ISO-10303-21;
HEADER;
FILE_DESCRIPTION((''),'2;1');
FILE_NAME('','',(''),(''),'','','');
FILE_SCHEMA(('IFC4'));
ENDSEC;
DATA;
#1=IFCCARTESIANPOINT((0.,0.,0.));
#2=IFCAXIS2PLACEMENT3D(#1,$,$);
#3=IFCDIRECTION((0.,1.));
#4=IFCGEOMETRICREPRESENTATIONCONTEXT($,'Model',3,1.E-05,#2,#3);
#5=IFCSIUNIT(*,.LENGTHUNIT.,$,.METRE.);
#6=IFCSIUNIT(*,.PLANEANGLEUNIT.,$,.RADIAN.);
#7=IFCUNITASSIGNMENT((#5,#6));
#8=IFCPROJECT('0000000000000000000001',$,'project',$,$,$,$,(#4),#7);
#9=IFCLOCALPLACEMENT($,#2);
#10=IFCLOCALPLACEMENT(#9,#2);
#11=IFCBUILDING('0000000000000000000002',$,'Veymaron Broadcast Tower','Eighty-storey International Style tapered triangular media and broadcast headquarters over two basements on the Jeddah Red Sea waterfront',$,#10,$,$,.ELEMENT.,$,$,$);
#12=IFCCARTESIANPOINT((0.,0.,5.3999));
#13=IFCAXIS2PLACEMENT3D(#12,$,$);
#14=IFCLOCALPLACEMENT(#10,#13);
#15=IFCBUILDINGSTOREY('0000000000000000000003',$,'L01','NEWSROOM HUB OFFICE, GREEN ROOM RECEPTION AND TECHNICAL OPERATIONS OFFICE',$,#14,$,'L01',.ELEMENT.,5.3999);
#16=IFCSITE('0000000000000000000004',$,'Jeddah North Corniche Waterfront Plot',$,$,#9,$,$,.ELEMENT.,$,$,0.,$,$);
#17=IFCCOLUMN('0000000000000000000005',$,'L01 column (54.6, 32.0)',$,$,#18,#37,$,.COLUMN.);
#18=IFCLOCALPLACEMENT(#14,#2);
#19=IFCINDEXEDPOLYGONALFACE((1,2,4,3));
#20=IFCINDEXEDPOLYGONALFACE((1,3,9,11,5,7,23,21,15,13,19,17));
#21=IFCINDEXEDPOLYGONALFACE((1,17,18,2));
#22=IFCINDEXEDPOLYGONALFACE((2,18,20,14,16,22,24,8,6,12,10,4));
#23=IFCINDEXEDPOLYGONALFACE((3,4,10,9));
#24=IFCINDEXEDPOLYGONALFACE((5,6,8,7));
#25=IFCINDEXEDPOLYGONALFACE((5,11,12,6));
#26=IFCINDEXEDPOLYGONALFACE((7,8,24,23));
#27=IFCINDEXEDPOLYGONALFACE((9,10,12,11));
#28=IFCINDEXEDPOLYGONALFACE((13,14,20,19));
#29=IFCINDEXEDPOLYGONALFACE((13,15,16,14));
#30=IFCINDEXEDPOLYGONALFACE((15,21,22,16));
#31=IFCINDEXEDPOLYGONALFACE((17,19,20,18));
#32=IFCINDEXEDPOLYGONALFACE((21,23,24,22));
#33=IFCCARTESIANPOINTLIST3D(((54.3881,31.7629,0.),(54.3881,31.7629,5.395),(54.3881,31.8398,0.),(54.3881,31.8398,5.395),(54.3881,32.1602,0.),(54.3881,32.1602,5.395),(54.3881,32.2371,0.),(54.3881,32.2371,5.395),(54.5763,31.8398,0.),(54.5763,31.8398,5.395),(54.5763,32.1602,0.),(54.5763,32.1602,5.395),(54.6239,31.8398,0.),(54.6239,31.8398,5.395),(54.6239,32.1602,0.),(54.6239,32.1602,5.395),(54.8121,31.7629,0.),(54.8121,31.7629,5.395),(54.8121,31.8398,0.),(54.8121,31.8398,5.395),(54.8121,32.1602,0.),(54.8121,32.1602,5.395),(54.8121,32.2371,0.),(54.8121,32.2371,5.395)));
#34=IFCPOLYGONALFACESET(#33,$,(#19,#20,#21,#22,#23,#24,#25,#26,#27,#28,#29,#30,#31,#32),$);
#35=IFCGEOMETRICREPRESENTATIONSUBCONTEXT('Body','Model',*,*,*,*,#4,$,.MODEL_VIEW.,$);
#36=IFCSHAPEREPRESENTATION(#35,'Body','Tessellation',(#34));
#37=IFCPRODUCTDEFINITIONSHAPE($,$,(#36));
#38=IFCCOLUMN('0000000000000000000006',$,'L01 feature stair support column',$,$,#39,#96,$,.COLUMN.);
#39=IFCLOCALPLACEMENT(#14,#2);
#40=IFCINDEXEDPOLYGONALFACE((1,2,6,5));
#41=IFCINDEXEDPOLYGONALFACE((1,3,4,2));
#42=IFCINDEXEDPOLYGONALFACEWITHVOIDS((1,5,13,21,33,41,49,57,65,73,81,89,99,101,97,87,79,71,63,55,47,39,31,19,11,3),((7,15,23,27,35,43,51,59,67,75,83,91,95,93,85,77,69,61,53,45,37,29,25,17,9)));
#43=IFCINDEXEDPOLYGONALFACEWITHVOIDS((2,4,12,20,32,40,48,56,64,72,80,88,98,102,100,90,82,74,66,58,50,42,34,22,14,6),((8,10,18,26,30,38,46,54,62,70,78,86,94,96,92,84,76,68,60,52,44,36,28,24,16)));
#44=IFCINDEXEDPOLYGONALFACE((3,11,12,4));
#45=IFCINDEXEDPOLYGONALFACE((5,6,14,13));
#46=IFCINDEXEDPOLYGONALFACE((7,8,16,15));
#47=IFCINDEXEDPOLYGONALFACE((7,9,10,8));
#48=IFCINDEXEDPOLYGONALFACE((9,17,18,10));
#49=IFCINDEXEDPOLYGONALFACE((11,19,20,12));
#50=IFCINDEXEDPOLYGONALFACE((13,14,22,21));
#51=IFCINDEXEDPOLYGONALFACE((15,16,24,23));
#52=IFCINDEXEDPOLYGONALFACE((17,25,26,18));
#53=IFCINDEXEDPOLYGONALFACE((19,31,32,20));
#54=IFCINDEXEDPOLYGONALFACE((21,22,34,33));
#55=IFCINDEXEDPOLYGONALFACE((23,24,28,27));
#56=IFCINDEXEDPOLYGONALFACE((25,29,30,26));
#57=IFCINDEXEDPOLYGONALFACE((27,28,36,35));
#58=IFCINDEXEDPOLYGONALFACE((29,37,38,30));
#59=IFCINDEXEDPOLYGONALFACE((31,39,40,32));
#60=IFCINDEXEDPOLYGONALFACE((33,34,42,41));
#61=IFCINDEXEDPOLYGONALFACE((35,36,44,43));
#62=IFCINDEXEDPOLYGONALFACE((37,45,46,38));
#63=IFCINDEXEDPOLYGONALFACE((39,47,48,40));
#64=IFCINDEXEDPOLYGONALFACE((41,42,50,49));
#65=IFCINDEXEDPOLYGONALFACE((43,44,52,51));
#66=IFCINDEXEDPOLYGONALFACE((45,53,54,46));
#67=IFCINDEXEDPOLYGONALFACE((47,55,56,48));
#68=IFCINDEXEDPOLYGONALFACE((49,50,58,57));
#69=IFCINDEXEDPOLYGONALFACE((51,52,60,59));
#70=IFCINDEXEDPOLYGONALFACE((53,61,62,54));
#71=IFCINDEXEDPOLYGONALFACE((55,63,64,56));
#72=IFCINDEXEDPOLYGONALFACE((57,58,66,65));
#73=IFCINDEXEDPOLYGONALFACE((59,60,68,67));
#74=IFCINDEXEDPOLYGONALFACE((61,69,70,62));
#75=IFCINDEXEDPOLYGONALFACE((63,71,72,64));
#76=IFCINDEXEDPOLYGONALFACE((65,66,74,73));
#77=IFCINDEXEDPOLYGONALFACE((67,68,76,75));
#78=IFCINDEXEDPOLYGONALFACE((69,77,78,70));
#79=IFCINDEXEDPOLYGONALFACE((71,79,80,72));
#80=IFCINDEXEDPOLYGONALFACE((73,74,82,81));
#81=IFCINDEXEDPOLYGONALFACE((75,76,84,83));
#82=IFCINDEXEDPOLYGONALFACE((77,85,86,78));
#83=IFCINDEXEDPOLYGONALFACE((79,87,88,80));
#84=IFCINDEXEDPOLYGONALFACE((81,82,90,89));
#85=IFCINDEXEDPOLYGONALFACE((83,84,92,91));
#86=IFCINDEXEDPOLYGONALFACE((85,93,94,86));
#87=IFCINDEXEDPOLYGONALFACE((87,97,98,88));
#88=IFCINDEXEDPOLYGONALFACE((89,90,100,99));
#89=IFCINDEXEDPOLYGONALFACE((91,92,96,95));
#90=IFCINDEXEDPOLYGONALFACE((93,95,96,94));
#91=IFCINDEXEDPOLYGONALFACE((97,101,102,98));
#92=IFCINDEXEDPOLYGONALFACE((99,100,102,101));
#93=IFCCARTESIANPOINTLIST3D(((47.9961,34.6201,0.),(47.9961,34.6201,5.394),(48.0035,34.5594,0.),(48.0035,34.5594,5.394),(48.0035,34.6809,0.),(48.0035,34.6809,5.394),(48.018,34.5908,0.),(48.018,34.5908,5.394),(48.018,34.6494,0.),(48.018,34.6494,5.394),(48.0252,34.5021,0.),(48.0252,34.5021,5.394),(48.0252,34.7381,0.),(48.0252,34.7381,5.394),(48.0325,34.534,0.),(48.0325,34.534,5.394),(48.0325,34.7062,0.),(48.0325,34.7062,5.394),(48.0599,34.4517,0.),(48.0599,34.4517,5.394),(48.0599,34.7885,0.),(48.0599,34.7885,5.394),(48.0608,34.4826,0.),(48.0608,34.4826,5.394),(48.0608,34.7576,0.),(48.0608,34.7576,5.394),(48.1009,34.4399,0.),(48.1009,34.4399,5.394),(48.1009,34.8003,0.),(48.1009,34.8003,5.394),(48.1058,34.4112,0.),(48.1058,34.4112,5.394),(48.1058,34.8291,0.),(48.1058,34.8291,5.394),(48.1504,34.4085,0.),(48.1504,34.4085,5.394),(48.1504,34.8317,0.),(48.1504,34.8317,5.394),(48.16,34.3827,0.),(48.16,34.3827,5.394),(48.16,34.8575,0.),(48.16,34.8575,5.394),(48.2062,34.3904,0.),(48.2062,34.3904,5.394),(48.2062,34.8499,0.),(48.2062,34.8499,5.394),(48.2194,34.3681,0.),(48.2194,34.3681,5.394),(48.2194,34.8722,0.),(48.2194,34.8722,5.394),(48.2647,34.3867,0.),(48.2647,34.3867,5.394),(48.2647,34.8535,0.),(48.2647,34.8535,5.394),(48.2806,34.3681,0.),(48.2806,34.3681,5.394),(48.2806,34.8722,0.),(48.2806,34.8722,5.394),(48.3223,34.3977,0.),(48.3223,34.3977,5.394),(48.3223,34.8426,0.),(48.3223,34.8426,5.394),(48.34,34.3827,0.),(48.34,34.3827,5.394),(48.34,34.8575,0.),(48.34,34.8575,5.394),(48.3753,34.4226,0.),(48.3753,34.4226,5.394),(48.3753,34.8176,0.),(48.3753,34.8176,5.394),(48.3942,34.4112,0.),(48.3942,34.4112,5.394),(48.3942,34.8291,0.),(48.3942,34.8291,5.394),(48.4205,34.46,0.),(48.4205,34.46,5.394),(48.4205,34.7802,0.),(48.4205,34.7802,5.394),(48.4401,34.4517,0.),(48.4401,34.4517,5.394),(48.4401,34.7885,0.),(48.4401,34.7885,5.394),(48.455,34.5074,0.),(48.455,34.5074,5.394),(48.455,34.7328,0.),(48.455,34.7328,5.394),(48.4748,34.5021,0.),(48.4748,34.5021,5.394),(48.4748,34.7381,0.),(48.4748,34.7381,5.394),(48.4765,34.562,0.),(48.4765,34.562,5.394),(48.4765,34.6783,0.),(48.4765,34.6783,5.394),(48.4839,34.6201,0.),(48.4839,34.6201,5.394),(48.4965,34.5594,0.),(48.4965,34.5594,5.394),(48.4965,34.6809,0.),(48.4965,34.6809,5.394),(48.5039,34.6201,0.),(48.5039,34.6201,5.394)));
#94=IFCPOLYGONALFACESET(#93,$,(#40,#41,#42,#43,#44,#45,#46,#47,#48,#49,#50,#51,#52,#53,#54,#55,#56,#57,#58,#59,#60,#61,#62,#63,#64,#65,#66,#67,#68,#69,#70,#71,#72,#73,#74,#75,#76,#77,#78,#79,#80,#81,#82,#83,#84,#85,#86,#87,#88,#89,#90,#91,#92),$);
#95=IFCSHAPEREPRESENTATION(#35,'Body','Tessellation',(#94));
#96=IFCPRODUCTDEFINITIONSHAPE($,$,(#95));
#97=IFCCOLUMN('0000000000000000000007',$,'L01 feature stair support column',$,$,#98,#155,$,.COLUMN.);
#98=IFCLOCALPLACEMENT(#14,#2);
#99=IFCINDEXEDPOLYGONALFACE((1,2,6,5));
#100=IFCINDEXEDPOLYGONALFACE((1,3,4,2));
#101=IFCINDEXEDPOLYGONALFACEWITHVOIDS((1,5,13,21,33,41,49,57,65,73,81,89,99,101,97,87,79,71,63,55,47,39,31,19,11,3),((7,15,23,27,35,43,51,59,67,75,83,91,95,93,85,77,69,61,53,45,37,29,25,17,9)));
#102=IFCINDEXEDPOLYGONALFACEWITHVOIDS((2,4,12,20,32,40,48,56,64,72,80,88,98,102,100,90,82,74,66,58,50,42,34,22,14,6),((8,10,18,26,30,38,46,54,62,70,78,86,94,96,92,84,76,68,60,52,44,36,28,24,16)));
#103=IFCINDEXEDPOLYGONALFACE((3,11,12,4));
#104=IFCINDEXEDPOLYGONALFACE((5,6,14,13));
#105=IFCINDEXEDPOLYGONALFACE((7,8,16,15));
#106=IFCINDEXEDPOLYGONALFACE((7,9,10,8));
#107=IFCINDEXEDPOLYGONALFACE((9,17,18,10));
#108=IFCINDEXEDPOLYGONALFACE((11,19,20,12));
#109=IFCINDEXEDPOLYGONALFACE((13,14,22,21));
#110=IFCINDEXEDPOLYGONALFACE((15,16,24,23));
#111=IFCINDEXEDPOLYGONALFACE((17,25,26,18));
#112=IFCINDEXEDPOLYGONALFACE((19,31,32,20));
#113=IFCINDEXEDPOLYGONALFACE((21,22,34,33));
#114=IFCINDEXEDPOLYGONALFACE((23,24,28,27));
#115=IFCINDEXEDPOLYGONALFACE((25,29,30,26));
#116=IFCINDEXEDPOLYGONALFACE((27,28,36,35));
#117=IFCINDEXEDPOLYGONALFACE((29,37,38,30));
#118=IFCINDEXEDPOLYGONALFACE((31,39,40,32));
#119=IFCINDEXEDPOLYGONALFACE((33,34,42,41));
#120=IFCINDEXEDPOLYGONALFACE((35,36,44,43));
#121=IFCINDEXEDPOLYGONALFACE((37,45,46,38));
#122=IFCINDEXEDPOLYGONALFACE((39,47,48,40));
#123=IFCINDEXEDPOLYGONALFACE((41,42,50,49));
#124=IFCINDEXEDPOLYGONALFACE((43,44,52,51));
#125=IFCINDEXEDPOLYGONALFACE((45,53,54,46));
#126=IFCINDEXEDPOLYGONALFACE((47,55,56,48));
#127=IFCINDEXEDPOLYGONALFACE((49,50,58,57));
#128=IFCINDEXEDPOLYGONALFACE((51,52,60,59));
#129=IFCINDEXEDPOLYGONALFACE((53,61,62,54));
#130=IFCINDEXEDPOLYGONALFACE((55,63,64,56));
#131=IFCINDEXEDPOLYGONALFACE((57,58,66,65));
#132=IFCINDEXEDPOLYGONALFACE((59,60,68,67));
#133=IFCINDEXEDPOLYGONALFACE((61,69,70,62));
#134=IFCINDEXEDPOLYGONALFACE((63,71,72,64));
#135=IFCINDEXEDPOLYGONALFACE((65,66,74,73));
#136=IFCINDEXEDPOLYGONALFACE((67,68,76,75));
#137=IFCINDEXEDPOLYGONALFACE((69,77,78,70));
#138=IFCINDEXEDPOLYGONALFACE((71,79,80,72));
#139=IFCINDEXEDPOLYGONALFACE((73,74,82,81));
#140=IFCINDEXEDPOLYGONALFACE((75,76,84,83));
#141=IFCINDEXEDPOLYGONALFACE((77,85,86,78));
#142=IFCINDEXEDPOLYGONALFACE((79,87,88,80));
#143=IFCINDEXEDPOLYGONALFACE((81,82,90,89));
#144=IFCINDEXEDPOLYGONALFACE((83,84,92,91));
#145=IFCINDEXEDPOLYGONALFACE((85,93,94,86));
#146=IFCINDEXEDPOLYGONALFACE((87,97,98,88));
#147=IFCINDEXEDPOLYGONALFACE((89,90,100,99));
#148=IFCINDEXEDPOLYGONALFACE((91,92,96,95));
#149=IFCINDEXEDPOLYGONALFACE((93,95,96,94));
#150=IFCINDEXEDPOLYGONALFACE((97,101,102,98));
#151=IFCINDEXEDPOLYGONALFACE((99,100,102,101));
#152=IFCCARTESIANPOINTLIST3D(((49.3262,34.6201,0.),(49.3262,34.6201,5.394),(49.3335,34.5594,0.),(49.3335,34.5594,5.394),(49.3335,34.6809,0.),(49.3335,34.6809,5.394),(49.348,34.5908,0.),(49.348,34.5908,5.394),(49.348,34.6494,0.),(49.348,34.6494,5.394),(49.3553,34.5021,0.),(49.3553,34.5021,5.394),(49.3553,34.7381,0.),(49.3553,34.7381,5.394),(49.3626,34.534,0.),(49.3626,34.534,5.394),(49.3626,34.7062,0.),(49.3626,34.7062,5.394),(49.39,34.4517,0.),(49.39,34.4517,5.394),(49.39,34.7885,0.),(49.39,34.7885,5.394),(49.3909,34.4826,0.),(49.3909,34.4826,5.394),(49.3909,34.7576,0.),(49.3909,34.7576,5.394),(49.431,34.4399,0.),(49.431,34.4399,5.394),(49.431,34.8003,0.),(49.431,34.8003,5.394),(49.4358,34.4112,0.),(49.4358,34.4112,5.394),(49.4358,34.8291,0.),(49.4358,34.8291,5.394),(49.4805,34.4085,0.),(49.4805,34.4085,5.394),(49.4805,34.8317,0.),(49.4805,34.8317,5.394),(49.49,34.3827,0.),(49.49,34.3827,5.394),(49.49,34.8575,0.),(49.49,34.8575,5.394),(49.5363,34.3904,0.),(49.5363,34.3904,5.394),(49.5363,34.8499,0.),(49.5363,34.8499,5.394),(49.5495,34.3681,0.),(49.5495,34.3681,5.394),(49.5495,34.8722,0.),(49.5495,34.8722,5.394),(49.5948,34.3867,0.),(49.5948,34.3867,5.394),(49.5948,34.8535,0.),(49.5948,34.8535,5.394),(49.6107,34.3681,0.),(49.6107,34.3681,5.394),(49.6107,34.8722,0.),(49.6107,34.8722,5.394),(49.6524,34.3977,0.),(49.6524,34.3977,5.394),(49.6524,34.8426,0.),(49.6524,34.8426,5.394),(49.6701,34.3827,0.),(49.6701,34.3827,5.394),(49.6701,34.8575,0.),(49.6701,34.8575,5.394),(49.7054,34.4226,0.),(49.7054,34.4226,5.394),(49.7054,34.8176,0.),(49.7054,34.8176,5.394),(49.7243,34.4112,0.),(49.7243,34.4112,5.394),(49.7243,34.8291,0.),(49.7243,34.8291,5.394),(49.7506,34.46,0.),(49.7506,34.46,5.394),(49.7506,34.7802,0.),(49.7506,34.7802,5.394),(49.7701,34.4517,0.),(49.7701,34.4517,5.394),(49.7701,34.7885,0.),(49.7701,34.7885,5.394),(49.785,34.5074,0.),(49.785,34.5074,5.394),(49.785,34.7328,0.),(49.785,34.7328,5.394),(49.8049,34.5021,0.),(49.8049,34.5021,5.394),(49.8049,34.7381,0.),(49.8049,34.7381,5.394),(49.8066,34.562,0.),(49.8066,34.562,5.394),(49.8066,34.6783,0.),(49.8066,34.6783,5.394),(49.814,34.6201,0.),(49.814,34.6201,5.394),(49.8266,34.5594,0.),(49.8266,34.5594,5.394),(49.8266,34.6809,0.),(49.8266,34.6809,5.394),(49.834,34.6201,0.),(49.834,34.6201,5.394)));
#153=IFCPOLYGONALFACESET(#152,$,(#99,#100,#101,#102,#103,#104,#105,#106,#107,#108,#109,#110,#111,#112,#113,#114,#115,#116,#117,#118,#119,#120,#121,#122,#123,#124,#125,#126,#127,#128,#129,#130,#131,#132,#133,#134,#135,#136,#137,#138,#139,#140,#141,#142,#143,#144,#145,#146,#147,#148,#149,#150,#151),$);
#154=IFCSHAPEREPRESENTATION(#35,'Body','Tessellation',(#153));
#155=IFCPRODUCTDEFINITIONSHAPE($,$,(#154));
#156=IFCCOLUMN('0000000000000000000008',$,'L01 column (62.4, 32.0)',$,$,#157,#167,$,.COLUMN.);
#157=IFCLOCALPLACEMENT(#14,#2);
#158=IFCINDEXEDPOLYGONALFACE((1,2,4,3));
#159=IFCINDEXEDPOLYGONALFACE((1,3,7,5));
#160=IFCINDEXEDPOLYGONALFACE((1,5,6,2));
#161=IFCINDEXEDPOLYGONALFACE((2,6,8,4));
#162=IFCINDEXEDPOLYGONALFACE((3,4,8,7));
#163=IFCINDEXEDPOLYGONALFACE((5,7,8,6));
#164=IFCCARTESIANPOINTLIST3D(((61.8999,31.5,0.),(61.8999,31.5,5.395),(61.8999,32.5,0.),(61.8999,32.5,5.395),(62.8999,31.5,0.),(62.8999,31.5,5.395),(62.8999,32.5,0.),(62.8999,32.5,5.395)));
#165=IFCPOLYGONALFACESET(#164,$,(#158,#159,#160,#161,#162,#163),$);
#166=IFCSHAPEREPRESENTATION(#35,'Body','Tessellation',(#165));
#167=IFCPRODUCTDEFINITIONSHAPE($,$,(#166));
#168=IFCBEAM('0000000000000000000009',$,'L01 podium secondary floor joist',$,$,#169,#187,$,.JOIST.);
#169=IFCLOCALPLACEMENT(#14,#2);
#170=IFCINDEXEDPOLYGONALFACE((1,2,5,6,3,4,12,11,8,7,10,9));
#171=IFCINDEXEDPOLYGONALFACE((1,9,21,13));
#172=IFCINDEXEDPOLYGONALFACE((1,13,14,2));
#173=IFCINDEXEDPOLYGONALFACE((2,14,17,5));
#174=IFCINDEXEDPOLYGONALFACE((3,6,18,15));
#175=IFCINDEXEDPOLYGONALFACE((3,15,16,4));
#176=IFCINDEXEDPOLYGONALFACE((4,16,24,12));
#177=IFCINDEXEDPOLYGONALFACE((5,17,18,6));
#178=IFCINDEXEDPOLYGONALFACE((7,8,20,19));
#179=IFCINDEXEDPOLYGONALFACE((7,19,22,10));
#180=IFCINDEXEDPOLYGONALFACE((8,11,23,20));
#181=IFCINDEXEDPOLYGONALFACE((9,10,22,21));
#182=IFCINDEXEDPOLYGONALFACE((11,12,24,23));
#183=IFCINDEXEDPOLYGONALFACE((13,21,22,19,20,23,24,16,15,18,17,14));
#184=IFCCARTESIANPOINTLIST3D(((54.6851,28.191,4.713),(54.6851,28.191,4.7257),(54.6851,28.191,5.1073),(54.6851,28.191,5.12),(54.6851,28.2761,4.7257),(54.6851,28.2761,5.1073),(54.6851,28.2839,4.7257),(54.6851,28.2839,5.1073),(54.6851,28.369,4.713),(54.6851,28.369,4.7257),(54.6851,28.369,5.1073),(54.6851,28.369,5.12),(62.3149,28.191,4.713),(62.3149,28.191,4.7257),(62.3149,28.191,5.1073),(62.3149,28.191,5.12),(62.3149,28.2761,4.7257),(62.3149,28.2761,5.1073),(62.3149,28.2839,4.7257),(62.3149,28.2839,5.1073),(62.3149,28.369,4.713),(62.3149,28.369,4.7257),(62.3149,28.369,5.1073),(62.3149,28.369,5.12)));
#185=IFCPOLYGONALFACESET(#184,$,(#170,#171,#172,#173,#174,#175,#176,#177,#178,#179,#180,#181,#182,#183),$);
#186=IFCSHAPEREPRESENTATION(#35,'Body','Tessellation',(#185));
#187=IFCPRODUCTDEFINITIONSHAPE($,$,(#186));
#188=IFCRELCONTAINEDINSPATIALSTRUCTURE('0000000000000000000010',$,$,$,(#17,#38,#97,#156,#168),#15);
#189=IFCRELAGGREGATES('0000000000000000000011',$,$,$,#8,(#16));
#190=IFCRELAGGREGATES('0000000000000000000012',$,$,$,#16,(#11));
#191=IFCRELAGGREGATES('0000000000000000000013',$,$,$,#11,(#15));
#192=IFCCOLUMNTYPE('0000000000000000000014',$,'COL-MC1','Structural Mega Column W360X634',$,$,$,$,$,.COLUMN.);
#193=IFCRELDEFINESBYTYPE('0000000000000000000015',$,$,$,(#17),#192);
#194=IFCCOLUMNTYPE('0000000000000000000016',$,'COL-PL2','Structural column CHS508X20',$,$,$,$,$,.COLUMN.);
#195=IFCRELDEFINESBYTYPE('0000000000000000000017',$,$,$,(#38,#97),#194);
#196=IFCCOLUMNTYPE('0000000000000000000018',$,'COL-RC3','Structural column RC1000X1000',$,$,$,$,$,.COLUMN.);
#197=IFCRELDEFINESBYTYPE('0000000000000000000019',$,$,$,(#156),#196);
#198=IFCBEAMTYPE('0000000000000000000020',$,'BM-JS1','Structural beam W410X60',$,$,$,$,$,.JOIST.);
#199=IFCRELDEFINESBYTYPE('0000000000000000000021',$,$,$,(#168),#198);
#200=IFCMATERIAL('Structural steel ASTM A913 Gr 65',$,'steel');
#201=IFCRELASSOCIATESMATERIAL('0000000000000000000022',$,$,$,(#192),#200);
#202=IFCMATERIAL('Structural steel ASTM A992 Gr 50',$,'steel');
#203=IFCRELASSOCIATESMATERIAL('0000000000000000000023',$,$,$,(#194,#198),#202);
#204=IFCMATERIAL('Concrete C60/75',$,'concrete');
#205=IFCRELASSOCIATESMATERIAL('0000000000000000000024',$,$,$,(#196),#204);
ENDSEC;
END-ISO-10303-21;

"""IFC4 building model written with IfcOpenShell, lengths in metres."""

from ifc_helpers import new_model, si_unit, direction, frame, origin, origin_2d, place, context, subcontext, project, spatial, rectangle, hollow_circle, i_section, extrude, material, material_profile, profile_set, type_object, element, save


model = new_model("IFC4")

# Units and contexts
model_context = context("Model", 3, precision=1e-05, world=origin(), true_north=direction((0.0, 1.0)))
body_context = subcontext(model_context, "Body", "Model", "MODEL_VIEW")
ifc_project = project(units=[si_unit("LENGTHUNIT", "METRE"), si_unit("PLANEANGLEUNIT", "RADIAN")], contexts=[model_context])

# Site, building, storey
site_placement = place(None, origin())
site = spatial("IfcSite", under=ifc_project, at=site_placement, Name="Jeddah North Corniche Waterfront Plot", CompositionType="ELEMENT", RefElevation=0.0)
building_placement = place(site_placement, origin())
building = spatial("IfcBuilding", under=site, at=building_placement, Name="Veymaron Broadcast Tower", Description="Eighty-storey International Style tapered triangular media and broadcast headquarters over two basements on the Jeddah Red Sea waterfront", CompositionType="ELEMENT")
storey_placement = place(building_placement, frame((0.0, 0.0, 5.3999)))
storey = spatial("IfcBuildingStorey", under=building, at=storey_placement, Name="L01", Description="NEWSROOM HUB OFFICE, GREEN ROOM RECEPTION AND TECHNICAL OPERATIONS OFFICE", LongName="L01", CompositionType="ELEMENT", Elevation=5.3999)

# Columns
ifc_material_1 = material(Name="Structural steel ASTM A913 Gr 65", Category="steel")
ifc_material_profile_1 = material_profile(ifc_material_1, i_section(OverallWidth=0.4241, OverallDepth=0.4741, WebThickness=0.0476, FlangeThickness=0.0769, at=origin_2d()), Name="W360X634")
ifc_profile_set_1 = profile_set([ifc_material_profile_1], Name="Structural steel ASTM A913 Gr 65")
column_type_1 = type_object("IfcColumnType", Name="COL-MC1", Description="Structural Mega Column W360X634", PredefinedType="COLUMN", material=ifc_profile_set_1)
column_1_placement = place(storey_placement, frame((54.6001, 32.0, 0.0), z_axis=(0.0, 0.0, 1.0), x_axis=(1.0, 0.0, 0.0)))
element("IfcColumn", 1, at=column_1_placement, inside=storey, type_object=column_type_1, Name="L01 column (54.6, 32.0)", PredefinedType="COLUMN", context=body_context, shape_type="SweptSolid", body=[
    extrude(i_section(OverallWidth=0.4241, OverallDepth=0.4741, WebThickness=0.0476, FlangeThickness=0.0769, at=origin_2d()), origin(), (0.0, 0.0, 1.0), 5.395),
])
ifc_material_2 = material(Name="Structural steel ASTM A992 Gr 50", Category="steel")
ifc_material_profile_2 = material_profile(ifc_material_2, hollow_circle(Radius=0.2539, WallThickness=0.02, at=origin_2d()), Name="CHS508X20")
ifc_profile_set_2 = profile_set([ifc_material_profile_2], Name="Structural steel ASTM A992 Gr 50")
column_type_2 = type_object("IfcColumnType", Name="COL-PL2", Description="Structural column CHS508X20", PredefinedType="COLUMN", material=ifc_profile_set_2)
for number, where, z_axis, x_axis, name in (
    (2, (48.25, 34.6201, 0.0), (0.0, 0.0, 1.0), (1.0, 0.0, 0.0), "L01 feature stair support column"),
    (3, (49.5801, 34.6201, 0.0), (0.0, 0.0, 1.0), (1.0, 0.0, 0.0), "L01 feature stair support column"),
):
    element("IfcColumn", number, at=place(storey_placement, frame(where, z_axis=z_axis, x_axis=x_axis)), inside=storey, type_object=column_type_2, Name=name, PredefinedType="COLUMN", context=body_context, shape_type="SweptSolid", body=[
        extrude(hollow_circle(Radius=0.2539, WallThickness=0.02, at=origin_2d()), origin(), (0.0, 0.0, 1.0), 5.394),
    ])
ifc_material_3 = material(Name="Concrete C60/75", Category="concrete")
ifc_material_profile_3 = material_profile(ifc_material_3, rectangle(XDim=1.0, YDim=1.0, at=origin_2d()), Name="RC1000X1000")
ifc_profile_set_3 = profile_set([ifc_material_profile_3], Name="Concrete C60/75")
column_type_3 = type_object("IfcColumnType", Name="COL-RC3", Description="Structural column RC1000X1000", PredefinedType="COLUMN", material=ifc_profile_set_3)
column_2_placement = place(storey_placement, frame((62.3999, 32.0, 0.0), z_axis=(0.0, 0.0, 1.0), x_axis=(1.0, 0.0, 0.0)))
element("IfcColumn", 4, at=column_2_placement, inside=storey, type_object=column_type_3, Name="L01 column (62.4, 32.0)", PredefinedType="COLUMN", context=body_context, shape_type="SweptSolid", body=[
    extrude(rectangle(XDim=1.0, YDim=1.0, at=origin_2d()), origin(), (0.0, 0.0, 1.0), 5.395),
])

# Beam
ifc_material_profile_4 = material_profile(ifc_material_2, i_section(OverallWidth=0.178, OverallDepth=0.407, WebThickness=0.0078, FlangeThickness=0.0127, at=origin_2d()), Name="W410X60")
ifc_profile_set_4 = profile_set([ifc_material_profile_4], Name="Structural steel ASTM A992 Gr 50")
beam_type_1 = type_object("IfcBeamType", Name="BM-JS1", Description="Structural beam W410X60", PredefinedType="JOIST", material=ifc_profile_set_4)
beam_1_placement = place(storey_placement, frame((54.6851, 28.28, 4.9165), z_axis=(1.0, 0.0, 0.0), x_axis=(0.0, 1.0, 0.0)))
element("IfcBeam", 5, at=beam_1_placement, inside=storey, type_object=beam_type_1, Name="L01 podium secondary floor joist", PredefinedType="JOIST", context=body_context, shape_type="SweptSolid", body=[
    extrude(i_section(OverallWidth=0.178, OverallDepth=0.407, WebThickness=0.0078, FlangeThickness=0.0127, at=origin_2d()), origin(), (0.0, 0.0, 1.0), 7.6299),
])

save(model, "model.ifc")
